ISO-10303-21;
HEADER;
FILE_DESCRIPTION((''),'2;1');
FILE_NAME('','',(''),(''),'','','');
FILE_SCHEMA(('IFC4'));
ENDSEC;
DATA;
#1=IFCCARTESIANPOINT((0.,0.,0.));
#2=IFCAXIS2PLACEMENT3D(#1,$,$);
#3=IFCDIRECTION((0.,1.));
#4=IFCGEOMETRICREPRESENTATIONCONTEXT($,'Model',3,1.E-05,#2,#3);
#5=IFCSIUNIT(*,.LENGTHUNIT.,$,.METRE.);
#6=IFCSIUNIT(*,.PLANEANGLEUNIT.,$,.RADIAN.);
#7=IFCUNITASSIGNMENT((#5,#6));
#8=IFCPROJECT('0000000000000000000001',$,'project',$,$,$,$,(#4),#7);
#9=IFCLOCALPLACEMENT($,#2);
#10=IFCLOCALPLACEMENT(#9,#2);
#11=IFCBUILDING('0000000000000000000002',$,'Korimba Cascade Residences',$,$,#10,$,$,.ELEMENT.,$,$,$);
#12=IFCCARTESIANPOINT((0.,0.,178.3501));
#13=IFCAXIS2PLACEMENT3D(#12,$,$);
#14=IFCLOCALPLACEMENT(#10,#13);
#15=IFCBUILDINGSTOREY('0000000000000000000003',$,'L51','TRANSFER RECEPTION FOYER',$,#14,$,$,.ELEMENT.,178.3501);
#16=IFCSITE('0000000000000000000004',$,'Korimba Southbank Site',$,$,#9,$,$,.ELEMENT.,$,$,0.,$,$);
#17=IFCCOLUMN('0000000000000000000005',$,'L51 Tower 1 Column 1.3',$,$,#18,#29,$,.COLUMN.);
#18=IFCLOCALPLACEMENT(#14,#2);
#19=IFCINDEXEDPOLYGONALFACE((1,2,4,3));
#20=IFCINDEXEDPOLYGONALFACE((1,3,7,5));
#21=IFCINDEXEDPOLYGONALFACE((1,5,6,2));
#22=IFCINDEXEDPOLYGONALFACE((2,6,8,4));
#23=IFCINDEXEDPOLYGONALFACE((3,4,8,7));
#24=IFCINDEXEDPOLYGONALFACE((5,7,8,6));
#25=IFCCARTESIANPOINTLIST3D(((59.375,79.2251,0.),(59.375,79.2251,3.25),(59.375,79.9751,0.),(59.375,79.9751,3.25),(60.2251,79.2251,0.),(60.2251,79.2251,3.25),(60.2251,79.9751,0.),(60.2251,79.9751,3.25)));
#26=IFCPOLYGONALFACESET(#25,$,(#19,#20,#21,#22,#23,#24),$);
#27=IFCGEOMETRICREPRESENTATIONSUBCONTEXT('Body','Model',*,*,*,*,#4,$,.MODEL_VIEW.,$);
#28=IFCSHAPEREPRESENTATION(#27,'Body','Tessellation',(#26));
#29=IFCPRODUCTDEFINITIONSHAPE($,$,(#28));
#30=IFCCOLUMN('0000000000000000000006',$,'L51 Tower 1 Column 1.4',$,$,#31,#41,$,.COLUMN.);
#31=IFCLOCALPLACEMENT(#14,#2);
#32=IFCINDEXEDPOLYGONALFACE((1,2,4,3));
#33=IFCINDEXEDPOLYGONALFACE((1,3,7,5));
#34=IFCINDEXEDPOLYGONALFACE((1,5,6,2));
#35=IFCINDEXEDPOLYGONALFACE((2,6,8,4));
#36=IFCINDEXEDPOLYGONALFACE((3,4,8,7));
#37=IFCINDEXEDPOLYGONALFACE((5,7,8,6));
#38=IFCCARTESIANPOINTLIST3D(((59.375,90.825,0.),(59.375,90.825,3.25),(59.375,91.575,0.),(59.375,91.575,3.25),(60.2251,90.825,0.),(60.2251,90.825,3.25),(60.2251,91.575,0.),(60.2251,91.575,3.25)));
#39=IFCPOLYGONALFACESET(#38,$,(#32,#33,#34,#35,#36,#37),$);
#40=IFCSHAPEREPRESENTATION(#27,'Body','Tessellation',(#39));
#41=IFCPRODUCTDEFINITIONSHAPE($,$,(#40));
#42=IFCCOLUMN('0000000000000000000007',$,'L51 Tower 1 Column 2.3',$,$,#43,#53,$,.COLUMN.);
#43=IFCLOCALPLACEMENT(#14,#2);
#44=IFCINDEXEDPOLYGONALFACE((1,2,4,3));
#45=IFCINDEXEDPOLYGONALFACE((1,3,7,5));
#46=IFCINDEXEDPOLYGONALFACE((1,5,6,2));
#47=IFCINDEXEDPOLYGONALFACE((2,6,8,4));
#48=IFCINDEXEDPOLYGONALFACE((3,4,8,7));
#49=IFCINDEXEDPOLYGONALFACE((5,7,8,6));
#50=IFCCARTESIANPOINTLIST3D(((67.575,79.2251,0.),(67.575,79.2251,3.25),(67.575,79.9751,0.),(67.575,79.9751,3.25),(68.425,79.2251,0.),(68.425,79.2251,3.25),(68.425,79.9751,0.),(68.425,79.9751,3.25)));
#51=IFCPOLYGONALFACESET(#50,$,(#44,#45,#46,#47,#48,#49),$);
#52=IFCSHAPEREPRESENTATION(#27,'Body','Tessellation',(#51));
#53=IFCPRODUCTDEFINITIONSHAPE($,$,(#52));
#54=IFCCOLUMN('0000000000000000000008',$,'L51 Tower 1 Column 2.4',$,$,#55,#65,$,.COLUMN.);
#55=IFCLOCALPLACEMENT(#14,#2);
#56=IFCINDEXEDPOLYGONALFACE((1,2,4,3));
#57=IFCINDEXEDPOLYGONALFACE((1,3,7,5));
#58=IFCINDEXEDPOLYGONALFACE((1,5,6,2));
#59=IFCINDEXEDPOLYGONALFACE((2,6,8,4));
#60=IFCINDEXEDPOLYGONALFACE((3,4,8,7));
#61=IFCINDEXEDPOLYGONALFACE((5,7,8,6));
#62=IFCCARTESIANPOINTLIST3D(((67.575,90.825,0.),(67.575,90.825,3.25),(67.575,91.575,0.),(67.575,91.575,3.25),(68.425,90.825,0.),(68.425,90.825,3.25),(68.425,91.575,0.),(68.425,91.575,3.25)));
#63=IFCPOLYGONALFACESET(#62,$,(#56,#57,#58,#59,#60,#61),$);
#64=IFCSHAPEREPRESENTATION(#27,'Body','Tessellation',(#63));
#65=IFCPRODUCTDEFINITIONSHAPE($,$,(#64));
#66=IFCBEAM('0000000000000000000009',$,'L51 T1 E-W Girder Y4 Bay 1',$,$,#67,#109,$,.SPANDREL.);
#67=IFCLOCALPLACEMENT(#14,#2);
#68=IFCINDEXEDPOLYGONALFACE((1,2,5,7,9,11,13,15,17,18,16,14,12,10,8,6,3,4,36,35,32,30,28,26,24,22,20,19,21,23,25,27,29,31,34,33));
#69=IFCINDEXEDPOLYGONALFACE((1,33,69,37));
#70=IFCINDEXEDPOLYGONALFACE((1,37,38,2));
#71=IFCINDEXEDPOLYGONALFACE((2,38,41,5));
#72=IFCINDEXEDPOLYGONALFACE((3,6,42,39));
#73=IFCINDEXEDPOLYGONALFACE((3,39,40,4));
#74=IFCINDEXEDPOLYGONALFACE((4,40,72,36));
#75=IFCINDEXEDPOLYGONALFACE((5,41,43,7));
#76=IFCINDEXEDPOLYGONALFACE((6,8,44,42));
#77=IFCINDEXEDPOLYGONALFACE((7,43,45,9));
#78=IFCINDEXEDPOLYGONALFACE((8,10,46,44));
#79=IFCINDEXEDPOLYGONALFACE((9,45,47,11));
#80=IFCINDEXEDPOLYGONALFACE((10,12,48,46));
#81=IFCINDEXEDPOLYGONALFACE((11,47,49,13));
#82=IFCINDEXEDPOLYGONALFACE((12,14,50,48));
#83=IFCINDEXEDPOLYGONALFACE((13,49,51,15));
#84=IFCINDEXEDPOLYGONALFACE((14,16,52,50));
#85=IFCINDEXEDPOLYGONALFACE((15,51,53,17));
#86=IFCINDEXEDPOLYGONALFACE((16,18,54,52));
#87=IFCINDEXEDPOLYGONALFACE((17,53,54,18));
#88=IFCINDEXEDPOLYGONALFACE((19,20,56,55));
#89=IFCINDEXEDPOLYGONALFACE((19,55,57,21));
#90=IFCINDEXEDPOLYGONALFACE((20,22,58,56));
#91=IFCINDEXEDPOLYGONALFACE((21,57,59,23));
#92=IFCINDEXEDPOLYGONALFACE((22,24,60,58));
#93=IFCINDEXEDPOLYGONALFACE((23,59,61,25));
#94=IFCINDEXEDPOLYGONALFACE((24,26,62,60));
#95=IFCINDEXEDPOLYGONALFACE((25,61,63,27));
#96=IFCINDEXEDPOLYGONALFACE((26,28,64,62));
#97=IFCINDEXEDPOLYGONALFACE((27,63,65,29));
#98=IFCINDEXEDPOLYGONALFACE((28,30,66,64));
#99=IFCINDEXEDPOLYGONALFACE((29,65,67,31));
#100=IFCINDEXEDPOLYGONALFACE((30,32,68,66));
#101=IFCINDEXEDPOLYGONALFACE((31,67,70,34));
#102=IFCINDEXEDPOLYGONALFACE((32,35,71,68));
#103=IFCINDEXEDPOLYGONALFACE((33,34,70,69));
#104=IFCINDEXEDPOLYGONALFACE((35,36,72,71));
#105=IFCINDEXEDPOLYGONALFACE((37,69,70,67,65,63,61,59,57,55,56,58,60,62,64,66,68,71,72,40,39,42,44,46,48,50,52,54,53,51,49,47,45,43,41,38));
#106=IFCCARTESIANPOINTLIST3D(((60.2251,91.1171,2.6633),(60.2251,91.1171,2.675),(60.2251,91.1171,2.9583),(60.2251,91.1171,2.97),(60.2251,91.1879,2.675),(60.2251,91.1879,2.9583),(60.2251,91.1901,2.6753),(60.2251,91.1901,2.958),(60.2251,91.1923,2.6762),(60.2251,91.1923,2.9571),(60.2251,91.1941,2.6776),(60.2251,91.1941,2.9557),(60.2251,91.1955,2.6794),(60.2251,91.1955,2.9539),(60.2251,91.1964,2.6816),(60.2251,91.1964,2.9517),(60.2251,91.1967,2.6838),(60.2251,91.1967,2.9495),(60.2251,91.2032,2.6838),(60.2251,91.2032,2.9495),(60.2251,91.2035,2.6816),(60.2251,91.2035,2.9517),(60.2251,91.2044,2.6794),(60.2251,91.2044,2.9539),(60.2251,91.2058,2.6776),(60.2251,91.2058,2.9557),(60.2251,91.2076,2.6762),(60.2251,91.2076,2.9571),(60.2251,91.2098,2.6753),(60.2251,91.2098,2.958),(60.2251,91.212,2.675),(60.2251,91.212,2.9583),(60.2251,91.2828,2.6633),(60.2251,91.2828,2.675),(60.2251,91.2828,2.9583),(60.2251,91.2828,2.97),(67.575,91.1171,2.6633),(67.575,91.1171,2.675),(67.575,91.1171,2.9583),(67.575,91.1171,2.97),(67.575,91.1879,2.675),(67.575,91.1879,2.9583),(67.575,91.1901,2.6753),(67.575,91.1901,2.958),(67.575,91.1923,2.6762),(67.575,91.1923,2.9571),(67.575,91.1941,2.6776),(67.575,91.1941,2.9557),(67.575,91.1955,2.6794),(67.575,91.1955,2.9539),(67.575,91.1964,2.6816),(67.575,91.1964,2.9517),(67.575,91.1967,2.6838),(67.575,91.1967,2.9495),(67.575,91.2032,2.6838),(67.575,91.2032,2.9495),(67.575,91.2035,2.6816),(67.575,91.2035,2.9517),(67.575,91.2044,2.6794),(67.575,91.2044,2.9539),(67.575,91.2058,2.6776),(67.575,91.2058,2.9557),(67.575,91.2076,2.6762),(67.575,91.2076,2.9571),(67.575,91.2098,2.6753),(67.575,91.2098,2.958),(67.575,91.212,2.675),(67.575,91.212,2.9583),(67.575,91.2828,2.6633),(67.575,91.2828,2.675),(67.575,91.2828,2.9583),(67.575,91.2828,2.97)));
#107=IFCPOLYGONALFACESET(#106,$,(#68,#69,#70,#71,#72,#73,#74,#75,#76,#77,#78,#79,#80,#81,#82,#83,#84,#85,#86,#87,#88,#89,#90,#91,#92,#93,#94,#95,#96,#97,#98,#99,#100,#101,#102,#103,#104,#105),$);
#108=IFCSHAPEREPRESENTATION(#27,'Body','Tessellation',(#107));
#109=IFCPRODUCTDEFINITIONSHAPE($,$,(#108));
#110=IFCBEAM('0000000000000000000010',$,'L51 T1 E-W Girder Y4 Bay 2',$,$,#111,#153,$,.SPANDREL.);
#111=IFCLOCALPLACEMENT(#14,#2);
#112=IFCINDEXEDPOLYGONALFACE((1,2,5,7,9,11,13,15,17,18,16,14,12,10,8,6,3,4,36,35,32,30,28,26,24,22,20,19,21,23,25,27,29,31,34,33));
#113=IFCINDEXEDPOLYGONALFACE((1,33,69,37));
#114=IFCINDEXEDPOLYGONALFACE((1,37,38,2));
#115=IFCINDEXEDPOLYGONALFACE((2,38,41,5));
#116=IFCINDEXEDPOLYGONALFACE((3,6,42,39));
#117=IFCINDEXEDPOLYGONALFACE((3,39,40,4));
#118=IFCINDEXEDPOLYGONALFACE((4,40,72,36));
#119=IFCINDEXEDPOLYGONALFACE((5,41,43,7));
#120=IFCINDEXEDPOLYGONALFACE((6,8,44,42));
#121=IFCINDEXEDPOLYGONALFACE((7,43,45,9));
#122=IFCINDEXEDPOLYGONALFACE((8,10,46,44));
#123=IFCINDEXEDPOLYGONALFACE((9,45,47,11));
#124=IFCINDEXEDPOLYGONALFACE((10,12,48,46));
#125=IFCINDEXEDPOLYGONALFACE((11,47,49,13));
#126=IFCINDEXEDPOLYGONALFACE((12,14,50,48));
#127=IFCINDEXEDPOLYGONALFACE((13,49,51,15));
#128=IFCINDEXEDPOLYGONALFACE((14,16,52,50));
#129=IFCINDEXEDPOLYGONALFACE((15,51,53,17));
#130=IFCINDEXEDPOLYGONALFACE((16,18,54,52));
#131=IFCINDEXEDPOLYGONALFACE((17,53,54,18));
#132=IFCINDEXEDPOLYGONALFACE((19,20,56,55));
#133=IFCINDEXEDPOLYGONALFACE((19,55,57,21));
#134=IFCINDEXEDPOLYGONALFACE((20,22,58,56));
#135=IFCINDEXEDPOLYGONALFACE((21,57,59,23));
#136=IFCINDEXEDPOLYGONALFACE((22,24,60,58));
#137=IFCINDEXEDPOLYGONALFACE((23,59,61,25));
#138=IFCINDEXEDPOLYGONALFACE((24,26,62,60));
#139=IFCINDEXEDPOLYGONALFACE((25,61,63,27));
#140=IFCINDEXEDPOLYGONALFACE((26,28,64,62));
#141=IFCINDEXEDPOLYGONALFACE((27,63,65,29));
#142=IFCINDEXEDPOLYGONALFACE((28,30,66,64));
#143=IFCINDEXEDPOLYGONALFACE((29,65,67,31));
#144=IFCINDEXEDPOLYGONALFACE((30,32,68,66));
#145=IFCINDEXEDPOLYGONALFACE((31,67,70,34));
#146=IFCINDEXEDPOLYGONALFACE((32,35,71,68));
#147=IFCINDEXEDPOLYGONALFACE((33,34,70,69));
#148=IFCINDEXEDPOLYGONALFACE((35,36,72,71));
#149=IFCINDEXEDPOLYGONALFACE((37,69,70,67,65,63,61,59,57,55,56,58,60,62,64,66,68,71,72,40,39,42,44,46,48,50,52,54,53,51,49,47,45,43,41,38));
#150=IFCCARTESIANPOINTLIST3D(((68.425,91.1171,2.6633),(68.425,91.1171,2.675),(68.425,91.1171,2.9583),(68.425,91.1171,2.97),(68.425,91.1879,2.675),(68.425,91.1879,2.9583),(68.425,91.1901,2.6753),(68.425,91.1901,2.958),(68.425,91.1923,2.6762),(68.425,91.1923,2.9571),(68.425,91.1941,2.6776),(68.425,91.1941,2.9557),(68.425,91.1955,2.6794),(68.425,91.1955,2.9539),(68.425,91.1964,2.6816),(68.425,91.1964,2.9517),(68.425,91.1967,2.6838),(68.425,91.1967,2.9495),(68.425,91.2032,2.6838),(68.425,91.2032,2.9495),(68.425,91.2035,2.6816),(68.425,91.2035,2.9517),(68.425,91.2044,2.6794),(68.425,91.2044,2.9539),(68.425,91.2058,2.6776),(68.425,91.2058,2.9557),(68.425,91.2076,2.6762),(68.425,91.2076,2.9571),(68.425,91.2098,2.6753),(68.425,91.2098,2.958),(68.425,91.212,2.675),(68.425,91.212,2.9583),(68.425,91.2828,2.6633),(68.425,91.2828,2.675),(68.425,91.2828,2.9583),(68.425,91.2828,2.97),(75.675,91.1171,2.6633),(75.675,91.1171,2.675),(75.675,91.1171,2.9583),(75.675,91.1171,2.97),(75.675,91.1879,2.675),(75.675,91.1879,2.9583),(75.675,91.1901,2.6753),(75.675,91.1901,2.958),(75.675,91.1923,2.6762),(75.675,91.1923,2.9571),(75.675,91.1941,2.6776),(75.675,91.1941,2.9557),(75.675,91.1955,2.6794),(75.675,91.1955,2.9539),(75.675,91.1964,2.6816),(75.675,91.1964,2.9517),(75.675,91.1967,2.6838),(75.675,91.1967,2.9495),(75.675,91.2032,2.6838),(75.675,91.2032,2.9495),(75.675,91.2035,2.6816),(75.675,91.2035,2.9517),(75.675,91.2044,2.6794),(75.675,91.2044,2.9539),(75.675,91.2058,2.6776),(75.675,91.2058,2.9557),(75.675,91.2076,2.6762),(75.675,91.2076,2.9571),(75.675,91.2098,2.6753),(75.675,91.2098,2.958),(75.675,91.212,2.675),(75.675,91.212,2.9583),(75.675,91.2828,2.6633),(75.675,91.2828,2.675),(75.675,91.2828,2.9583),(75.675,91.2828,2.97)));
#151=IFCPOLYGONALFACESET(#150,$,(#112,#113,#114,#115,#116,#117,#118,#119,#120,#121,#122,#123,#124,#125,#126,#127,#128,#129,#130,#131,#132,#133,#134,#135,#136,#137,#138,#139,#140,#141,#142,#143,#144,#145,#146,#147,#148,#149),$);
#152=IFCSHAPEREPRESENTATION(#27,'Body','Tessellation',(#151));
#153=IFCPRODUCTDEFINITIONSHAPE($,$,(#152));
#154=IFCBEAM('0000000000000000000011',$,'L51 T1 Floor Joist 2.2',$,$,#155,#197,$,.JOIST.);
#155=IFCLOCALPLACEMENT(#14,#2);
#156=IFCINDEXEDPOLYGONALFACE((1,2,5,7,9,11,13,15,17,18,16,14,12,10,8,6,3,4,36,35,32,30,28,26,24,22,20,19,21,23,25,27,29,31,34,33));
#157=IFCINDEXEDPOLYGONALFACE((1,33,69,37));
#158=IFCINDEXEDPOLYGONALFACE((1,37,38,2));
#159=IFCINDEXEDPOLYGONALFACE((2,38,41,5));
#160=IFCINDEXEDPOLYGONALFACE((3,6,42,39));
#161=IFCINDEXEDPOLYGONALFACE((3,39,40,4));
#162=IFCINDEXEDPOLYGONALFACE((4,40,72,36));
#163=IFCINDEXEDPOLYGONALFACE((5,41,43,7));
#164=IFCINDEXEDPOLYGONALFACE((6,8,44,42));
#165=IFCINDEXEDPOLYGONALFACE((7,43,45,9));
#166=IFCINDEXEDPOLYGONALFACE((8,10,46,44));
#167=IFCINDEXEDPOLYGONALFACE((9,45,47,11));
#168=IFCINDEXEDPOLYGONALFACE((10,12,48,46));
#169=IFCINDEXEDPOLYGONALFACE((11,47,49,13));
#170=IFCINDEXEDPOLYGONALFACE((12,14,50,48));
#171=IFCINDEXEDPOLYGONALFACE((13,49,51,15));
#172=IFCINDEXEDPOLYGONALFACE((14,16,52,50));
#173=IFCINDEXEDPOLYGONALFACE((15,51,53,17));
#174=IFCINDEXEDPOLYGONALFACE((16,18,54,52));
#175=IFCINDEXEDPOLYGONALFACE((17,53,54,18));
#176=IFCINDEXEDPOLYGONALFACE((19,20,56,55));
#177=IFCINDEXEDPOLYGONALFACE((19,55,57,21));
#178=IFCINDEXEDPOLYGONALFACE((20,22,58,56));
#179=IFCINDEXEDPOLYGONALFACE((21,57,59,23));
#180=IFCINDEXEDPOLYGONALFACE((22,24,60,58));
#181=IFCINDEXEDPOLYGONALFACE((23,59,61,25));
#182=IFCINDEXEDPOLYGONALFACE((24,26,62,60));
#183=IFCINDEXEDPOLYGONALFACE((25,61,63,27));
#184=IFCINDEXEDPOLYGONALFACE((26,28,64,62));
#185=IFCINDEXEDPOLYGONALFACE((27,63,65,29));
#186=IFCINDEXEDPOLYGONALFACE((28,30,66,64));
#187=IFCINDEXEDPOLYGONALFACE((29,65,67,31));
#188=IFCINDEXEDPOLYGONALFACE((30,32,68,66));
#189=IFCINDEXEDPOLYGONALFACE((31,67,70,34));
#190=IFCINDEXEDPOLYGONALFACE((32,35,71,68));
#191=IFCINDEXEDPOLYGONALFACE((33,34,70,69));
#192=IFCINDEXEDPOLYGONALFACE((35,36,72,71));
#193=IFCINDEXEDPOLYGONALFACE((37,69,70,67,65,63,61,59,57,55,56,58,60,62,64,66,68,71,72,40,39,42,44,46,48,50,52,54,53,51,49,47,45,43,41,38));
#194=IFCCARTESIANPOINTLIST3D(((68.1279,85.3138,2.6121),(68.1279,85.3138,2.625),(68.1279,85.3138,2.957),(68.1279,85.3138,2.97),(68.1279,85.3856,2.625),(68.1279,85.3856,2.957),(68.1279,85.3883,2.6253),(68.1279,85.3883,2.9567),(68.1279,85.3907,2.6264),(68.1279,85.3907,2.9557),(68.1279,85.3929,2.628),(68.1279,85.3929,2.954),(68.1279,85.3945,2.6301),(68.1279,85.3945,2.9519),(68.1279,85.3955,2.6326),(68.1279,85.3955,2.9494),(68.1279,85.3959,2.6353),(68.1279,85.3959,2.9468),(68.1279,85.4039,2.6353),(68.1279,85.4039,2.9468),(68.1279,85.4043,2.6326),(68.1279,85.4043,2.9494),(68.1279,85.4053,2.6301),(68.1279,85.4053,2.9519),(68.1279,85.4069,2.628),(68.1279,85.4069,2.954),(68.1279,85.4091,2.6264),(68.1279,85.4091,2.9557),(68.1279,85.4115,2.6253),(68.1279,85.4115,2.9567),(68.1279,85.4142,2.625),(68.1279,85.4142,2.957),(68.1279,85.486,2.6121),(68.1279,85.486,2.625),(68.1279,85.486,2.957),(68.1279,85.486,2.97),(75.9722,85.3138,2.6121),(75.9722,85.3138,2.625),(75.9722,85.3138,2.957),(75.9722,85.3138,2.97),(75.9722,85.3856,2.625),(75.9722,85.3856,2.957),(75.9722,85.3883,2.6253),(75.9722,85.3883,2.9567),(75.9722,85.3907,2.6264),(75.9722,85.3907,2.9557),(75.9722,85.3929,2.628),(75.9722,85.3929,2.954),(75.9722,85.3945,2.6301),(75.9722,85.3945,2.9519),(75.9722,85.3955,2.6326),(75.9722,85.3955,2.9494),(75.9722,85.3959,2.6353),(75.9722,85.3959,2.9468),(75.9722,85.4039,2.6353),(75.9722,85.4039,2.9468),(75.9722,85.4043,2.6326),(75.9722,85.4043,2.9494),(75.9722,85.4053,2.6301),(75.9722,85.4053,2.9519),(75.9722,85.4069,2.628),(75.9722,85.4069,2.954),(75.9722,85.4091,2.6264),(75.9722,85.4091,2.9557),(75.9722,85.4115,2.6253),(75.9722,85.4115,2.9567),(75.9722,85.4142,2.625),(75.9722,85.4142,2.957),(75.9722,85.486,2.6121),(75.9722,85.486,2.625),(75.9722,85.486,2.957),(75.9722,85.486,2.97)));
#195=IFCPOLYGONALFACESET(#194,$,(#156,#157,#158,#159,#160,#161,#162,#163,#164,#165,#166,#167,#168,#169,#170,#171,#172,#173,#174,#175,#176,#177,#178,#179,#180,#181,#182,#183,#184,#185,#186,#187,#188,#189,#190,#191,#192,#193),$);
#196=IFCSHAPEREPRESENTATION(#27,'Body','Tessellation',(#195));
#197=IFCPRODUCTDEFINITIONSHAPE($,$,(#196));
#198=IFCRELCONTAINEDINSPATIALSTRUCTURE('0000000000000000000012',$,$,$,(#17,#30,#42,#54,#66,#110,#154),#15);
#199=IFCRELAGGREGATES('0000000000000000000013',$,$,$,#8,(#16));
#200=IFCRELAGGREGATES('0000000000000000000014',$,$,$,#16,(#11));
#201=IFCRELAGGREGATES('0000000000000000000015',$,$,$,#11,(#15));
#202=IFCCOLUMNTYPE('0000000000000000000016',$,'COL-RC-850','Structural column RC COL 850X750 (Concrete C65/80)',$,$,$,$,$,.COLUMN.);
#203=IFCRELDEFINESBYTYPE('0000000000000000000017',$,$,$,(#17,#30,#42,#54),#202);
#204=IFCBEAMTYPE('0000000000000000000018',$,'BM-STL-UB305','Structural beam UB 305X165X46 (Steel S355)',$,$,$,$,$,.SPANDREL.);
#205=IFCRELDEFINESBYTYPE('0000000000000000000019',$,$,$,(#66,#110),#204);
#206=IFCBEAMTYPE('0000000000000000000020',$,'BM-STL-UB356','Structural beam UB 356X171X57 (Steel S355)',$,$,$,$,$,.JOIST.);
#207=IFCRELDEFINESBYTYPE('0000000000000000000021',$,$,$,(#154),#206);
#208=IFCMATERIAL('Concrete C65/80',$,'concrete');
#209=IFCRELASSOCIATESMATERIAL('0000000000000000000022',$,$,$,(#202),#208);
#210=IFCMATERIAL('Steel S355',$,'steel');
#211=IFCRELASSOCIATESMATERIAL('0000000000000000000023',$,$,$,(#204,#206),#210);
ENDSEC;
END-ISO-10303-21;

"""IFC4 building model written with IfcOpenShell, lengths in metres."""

from ifc_helpers import new_model, si_unit, direction, frame, origin, origin_2d, place, context, subcontext, project, spatial, rectangle, i_section, extrude, material, material_profile, profile_set, type_object, element, save


model = new_model("IFC4")

# Units and contexts
model_context = context("Model", 3, precision=1e-05, world=origin(), true_north=direction((0.0, 1.0)))
body_context = subcontext(model_context, "Body", "Model", "MODEL_VIEW")
ifc_project = project(units=[si_unit("LENGTHUNIT", "METRE"), si_unit("PLANEANGLEUNIT", "RADIAN")], contexts=[model_context])

# Site, building, storey
site_placement = place(None, origin())
site = spatial("IfcSite", under=ifc_project, at=site_placement, Name="Korimba Southbank Site", CompositionType="ELEMENT", RefElevation=0.0)
building_placement = place(site_placement, origin())
building = spatial("IfcBuilding", under=site, at=building_placement, Name="Korimba Cascade Residences", CompositionType="ELEMENT")
storey_placement = place(building_placement, frame((0.0, 0.0, 178.3501)))
storey = spatial("IfcBuildingStorey", under=building, at=storey_placement, Name="L51", Description="TRANSFER RECEPTION FOYER", CompositionType="ELEMENT", Elevation=178.3501)

# Columns
ifc_material_1 = material(Name="Concrete C65/80", Category="concrete")
ifc_material_profile_1 = material_profile(ifc_material_1, rectangle(XDim=0.8501, YDim=0.75, at=origin_2d()), Name="Concrete C65/80")
ifc_profile_set_1 = profile_set([ifc_material_profile_1], Name="Concrete C65/80")
column_type = type_object("IfcColumnType", Name="COL-RC-850", Description="Structural column RC COL 850X750 (Concrete C65/80)", PredefinedType="COLUMN", material=ifc_profile_set_1)
for number, where, z_axis, x_axis, name in (
    (1, (59.8, 79.6001, 0.0), (0.0, 0.0, 1.0), (1.0, 0.0, 0.0), "L51 Tower 1 Column 1.3"),
    (2, (59.8, 91.2, 0.0), (0.0, 0.0, 1.0), (1.0, 0.0, 0.0), "L51 Tower 1 Column 1.4"),
    (3, (68.0, 79.6001, 0.0), (0.0, 0.0, 1.0), (1.0, 0.0, 0.0), "L51 Tower 1 Column 2.3"),
    (4, (68.0, 91.2, 0.0), (0.0, 0.0, 1.0), (1.0, 0.0, 0.0), "L51 Tower 1 Column 2.4"),
):
    element("IfcColumn", number, at=place(storey_placement, frame(where, z_axis=z_axis, x_axis=x_axis)), inside=storey, type_object=column_type, Name=name, PredefinedType="COLUMN", context=body_context, shape_type="SweptSolid", body=[
        extrude(rectangle(XDim=0.8501, YDim=0.75, at=origin_2d()), origin(), (0.0, 0.0, 1.0), 3.25),
    ])

# Beams
ifc_material_2 = material(Name="Steel S355", Category="steel")
ifc_material_profile_2 = material_profile(ifc_material_2, i_section(OverallWidth=0.1658, OverallDepth=0.3066, WebThickness=0.0066, FlangeThickness=0.0117, FilletRadius=0.0088, at=origin_2d()), Name="Steel S355")
ifc_profile_set_2 = profile_set([ifc_material_profile_2], Name="Steel S355")
beam_type_1 = type_object("IfcBeamType", Name="BM-STL-UB305", Description="Structural beam UB 305X165X46 (Steel S355)", PredefinedType="SPANDREL", material=ifc_profile_set_2)
beam_1_placement = place(storey_placement, frame((60.2251, 91.2, 2.8167), z_axis=(1.0, 0.0, 0.0), x_axis=(0.0, 1.0, 0.0)))
element("IfcBeam", 5, at=beam_1_placement, inside=storey, type_object=beam_type_1, Name="L51 T1 E-W Girder Y4 Bay 1", PredefinedType="SPANDREL", context=body_context, shape_type="SweptSolid", body=[
    extrude(i_section(OverallWidth=0.1658, OverallDepth=0.3066, WebThickness=0.0066, FlangeThickness=0.0117, FilletRadius=0.0088, at=origin_2d()), origin(), (0.0, 0.0, 1.0), 7.3499),
])
beam_2_placement = place(storey_placement, frame((68.425, 91.2, 2.8167), z_axis=(1.0, 0.0, 0.0), x_axis=(0.0, 1.0, 0.0)))
element("IfcBeam", 6, at=beam_2_placement, inside=storey, type_object=beam_type_1, Name="L51 T1 E-W Girder Y4 Bay 2", PredefinedType="SPANDREL", context=body_context, shape_type="SweptSolid", body=[
    extrude(i_section(OverallWidth=0.1658, OverallDepth=0.3066, WebThickness=0.0066, FlangeThickness=0.0117, FilletRadius=0.0088, at=origin_2d()), origin(), (0.0, 0.0, 1.0), 7.25),
])
ifc_material_profile_3 = material_profile(ifc_material_2, i_section(OverallWidth=0.1721, OverallDepth=0.3579, WebThickness=0.0081, FlangeThickness=0.0129, FilletRadius=0.0103, at=origin_2d()), Name="Steel S355")
ifc_profile_set_3 = profile_set([ifc_material_profile_3], Name="Steel S355")
beam_type_2 = type_object("IfcBeamType", Name="BM-STL-UB356", Description="Structural beam UB 356X171X57 (Steel S355)", PredefinedType="JOIST", material=ifc_profile_set_3)
beam_3_placement = place(storey_placement, frame((68.1279, 85.3999, 2.791), z_axis=(1.0, 0.0, 0.0), x_axis=(0.0, 1.0, 0.0)))
element("IfcBeam", 7, at=beam_3_placement, inside=storey, type_object=beam_type_2, Name="L51 T1 Floor Joist 2.2", PredefinedType="JOIST", context=body_context, shape_type="SweptSolid", body=[
    extrude(i_section(OverallWidth=0.1721, OverallDepth=0.3579, WebThickness=0.0081, FlangeThickness=0.0129, FilletRadius=0.0103, at=origin_2d()), origin(), (0.0, 0.0, 1.0), 7.8442),
])

save(model, "model.ifc")
